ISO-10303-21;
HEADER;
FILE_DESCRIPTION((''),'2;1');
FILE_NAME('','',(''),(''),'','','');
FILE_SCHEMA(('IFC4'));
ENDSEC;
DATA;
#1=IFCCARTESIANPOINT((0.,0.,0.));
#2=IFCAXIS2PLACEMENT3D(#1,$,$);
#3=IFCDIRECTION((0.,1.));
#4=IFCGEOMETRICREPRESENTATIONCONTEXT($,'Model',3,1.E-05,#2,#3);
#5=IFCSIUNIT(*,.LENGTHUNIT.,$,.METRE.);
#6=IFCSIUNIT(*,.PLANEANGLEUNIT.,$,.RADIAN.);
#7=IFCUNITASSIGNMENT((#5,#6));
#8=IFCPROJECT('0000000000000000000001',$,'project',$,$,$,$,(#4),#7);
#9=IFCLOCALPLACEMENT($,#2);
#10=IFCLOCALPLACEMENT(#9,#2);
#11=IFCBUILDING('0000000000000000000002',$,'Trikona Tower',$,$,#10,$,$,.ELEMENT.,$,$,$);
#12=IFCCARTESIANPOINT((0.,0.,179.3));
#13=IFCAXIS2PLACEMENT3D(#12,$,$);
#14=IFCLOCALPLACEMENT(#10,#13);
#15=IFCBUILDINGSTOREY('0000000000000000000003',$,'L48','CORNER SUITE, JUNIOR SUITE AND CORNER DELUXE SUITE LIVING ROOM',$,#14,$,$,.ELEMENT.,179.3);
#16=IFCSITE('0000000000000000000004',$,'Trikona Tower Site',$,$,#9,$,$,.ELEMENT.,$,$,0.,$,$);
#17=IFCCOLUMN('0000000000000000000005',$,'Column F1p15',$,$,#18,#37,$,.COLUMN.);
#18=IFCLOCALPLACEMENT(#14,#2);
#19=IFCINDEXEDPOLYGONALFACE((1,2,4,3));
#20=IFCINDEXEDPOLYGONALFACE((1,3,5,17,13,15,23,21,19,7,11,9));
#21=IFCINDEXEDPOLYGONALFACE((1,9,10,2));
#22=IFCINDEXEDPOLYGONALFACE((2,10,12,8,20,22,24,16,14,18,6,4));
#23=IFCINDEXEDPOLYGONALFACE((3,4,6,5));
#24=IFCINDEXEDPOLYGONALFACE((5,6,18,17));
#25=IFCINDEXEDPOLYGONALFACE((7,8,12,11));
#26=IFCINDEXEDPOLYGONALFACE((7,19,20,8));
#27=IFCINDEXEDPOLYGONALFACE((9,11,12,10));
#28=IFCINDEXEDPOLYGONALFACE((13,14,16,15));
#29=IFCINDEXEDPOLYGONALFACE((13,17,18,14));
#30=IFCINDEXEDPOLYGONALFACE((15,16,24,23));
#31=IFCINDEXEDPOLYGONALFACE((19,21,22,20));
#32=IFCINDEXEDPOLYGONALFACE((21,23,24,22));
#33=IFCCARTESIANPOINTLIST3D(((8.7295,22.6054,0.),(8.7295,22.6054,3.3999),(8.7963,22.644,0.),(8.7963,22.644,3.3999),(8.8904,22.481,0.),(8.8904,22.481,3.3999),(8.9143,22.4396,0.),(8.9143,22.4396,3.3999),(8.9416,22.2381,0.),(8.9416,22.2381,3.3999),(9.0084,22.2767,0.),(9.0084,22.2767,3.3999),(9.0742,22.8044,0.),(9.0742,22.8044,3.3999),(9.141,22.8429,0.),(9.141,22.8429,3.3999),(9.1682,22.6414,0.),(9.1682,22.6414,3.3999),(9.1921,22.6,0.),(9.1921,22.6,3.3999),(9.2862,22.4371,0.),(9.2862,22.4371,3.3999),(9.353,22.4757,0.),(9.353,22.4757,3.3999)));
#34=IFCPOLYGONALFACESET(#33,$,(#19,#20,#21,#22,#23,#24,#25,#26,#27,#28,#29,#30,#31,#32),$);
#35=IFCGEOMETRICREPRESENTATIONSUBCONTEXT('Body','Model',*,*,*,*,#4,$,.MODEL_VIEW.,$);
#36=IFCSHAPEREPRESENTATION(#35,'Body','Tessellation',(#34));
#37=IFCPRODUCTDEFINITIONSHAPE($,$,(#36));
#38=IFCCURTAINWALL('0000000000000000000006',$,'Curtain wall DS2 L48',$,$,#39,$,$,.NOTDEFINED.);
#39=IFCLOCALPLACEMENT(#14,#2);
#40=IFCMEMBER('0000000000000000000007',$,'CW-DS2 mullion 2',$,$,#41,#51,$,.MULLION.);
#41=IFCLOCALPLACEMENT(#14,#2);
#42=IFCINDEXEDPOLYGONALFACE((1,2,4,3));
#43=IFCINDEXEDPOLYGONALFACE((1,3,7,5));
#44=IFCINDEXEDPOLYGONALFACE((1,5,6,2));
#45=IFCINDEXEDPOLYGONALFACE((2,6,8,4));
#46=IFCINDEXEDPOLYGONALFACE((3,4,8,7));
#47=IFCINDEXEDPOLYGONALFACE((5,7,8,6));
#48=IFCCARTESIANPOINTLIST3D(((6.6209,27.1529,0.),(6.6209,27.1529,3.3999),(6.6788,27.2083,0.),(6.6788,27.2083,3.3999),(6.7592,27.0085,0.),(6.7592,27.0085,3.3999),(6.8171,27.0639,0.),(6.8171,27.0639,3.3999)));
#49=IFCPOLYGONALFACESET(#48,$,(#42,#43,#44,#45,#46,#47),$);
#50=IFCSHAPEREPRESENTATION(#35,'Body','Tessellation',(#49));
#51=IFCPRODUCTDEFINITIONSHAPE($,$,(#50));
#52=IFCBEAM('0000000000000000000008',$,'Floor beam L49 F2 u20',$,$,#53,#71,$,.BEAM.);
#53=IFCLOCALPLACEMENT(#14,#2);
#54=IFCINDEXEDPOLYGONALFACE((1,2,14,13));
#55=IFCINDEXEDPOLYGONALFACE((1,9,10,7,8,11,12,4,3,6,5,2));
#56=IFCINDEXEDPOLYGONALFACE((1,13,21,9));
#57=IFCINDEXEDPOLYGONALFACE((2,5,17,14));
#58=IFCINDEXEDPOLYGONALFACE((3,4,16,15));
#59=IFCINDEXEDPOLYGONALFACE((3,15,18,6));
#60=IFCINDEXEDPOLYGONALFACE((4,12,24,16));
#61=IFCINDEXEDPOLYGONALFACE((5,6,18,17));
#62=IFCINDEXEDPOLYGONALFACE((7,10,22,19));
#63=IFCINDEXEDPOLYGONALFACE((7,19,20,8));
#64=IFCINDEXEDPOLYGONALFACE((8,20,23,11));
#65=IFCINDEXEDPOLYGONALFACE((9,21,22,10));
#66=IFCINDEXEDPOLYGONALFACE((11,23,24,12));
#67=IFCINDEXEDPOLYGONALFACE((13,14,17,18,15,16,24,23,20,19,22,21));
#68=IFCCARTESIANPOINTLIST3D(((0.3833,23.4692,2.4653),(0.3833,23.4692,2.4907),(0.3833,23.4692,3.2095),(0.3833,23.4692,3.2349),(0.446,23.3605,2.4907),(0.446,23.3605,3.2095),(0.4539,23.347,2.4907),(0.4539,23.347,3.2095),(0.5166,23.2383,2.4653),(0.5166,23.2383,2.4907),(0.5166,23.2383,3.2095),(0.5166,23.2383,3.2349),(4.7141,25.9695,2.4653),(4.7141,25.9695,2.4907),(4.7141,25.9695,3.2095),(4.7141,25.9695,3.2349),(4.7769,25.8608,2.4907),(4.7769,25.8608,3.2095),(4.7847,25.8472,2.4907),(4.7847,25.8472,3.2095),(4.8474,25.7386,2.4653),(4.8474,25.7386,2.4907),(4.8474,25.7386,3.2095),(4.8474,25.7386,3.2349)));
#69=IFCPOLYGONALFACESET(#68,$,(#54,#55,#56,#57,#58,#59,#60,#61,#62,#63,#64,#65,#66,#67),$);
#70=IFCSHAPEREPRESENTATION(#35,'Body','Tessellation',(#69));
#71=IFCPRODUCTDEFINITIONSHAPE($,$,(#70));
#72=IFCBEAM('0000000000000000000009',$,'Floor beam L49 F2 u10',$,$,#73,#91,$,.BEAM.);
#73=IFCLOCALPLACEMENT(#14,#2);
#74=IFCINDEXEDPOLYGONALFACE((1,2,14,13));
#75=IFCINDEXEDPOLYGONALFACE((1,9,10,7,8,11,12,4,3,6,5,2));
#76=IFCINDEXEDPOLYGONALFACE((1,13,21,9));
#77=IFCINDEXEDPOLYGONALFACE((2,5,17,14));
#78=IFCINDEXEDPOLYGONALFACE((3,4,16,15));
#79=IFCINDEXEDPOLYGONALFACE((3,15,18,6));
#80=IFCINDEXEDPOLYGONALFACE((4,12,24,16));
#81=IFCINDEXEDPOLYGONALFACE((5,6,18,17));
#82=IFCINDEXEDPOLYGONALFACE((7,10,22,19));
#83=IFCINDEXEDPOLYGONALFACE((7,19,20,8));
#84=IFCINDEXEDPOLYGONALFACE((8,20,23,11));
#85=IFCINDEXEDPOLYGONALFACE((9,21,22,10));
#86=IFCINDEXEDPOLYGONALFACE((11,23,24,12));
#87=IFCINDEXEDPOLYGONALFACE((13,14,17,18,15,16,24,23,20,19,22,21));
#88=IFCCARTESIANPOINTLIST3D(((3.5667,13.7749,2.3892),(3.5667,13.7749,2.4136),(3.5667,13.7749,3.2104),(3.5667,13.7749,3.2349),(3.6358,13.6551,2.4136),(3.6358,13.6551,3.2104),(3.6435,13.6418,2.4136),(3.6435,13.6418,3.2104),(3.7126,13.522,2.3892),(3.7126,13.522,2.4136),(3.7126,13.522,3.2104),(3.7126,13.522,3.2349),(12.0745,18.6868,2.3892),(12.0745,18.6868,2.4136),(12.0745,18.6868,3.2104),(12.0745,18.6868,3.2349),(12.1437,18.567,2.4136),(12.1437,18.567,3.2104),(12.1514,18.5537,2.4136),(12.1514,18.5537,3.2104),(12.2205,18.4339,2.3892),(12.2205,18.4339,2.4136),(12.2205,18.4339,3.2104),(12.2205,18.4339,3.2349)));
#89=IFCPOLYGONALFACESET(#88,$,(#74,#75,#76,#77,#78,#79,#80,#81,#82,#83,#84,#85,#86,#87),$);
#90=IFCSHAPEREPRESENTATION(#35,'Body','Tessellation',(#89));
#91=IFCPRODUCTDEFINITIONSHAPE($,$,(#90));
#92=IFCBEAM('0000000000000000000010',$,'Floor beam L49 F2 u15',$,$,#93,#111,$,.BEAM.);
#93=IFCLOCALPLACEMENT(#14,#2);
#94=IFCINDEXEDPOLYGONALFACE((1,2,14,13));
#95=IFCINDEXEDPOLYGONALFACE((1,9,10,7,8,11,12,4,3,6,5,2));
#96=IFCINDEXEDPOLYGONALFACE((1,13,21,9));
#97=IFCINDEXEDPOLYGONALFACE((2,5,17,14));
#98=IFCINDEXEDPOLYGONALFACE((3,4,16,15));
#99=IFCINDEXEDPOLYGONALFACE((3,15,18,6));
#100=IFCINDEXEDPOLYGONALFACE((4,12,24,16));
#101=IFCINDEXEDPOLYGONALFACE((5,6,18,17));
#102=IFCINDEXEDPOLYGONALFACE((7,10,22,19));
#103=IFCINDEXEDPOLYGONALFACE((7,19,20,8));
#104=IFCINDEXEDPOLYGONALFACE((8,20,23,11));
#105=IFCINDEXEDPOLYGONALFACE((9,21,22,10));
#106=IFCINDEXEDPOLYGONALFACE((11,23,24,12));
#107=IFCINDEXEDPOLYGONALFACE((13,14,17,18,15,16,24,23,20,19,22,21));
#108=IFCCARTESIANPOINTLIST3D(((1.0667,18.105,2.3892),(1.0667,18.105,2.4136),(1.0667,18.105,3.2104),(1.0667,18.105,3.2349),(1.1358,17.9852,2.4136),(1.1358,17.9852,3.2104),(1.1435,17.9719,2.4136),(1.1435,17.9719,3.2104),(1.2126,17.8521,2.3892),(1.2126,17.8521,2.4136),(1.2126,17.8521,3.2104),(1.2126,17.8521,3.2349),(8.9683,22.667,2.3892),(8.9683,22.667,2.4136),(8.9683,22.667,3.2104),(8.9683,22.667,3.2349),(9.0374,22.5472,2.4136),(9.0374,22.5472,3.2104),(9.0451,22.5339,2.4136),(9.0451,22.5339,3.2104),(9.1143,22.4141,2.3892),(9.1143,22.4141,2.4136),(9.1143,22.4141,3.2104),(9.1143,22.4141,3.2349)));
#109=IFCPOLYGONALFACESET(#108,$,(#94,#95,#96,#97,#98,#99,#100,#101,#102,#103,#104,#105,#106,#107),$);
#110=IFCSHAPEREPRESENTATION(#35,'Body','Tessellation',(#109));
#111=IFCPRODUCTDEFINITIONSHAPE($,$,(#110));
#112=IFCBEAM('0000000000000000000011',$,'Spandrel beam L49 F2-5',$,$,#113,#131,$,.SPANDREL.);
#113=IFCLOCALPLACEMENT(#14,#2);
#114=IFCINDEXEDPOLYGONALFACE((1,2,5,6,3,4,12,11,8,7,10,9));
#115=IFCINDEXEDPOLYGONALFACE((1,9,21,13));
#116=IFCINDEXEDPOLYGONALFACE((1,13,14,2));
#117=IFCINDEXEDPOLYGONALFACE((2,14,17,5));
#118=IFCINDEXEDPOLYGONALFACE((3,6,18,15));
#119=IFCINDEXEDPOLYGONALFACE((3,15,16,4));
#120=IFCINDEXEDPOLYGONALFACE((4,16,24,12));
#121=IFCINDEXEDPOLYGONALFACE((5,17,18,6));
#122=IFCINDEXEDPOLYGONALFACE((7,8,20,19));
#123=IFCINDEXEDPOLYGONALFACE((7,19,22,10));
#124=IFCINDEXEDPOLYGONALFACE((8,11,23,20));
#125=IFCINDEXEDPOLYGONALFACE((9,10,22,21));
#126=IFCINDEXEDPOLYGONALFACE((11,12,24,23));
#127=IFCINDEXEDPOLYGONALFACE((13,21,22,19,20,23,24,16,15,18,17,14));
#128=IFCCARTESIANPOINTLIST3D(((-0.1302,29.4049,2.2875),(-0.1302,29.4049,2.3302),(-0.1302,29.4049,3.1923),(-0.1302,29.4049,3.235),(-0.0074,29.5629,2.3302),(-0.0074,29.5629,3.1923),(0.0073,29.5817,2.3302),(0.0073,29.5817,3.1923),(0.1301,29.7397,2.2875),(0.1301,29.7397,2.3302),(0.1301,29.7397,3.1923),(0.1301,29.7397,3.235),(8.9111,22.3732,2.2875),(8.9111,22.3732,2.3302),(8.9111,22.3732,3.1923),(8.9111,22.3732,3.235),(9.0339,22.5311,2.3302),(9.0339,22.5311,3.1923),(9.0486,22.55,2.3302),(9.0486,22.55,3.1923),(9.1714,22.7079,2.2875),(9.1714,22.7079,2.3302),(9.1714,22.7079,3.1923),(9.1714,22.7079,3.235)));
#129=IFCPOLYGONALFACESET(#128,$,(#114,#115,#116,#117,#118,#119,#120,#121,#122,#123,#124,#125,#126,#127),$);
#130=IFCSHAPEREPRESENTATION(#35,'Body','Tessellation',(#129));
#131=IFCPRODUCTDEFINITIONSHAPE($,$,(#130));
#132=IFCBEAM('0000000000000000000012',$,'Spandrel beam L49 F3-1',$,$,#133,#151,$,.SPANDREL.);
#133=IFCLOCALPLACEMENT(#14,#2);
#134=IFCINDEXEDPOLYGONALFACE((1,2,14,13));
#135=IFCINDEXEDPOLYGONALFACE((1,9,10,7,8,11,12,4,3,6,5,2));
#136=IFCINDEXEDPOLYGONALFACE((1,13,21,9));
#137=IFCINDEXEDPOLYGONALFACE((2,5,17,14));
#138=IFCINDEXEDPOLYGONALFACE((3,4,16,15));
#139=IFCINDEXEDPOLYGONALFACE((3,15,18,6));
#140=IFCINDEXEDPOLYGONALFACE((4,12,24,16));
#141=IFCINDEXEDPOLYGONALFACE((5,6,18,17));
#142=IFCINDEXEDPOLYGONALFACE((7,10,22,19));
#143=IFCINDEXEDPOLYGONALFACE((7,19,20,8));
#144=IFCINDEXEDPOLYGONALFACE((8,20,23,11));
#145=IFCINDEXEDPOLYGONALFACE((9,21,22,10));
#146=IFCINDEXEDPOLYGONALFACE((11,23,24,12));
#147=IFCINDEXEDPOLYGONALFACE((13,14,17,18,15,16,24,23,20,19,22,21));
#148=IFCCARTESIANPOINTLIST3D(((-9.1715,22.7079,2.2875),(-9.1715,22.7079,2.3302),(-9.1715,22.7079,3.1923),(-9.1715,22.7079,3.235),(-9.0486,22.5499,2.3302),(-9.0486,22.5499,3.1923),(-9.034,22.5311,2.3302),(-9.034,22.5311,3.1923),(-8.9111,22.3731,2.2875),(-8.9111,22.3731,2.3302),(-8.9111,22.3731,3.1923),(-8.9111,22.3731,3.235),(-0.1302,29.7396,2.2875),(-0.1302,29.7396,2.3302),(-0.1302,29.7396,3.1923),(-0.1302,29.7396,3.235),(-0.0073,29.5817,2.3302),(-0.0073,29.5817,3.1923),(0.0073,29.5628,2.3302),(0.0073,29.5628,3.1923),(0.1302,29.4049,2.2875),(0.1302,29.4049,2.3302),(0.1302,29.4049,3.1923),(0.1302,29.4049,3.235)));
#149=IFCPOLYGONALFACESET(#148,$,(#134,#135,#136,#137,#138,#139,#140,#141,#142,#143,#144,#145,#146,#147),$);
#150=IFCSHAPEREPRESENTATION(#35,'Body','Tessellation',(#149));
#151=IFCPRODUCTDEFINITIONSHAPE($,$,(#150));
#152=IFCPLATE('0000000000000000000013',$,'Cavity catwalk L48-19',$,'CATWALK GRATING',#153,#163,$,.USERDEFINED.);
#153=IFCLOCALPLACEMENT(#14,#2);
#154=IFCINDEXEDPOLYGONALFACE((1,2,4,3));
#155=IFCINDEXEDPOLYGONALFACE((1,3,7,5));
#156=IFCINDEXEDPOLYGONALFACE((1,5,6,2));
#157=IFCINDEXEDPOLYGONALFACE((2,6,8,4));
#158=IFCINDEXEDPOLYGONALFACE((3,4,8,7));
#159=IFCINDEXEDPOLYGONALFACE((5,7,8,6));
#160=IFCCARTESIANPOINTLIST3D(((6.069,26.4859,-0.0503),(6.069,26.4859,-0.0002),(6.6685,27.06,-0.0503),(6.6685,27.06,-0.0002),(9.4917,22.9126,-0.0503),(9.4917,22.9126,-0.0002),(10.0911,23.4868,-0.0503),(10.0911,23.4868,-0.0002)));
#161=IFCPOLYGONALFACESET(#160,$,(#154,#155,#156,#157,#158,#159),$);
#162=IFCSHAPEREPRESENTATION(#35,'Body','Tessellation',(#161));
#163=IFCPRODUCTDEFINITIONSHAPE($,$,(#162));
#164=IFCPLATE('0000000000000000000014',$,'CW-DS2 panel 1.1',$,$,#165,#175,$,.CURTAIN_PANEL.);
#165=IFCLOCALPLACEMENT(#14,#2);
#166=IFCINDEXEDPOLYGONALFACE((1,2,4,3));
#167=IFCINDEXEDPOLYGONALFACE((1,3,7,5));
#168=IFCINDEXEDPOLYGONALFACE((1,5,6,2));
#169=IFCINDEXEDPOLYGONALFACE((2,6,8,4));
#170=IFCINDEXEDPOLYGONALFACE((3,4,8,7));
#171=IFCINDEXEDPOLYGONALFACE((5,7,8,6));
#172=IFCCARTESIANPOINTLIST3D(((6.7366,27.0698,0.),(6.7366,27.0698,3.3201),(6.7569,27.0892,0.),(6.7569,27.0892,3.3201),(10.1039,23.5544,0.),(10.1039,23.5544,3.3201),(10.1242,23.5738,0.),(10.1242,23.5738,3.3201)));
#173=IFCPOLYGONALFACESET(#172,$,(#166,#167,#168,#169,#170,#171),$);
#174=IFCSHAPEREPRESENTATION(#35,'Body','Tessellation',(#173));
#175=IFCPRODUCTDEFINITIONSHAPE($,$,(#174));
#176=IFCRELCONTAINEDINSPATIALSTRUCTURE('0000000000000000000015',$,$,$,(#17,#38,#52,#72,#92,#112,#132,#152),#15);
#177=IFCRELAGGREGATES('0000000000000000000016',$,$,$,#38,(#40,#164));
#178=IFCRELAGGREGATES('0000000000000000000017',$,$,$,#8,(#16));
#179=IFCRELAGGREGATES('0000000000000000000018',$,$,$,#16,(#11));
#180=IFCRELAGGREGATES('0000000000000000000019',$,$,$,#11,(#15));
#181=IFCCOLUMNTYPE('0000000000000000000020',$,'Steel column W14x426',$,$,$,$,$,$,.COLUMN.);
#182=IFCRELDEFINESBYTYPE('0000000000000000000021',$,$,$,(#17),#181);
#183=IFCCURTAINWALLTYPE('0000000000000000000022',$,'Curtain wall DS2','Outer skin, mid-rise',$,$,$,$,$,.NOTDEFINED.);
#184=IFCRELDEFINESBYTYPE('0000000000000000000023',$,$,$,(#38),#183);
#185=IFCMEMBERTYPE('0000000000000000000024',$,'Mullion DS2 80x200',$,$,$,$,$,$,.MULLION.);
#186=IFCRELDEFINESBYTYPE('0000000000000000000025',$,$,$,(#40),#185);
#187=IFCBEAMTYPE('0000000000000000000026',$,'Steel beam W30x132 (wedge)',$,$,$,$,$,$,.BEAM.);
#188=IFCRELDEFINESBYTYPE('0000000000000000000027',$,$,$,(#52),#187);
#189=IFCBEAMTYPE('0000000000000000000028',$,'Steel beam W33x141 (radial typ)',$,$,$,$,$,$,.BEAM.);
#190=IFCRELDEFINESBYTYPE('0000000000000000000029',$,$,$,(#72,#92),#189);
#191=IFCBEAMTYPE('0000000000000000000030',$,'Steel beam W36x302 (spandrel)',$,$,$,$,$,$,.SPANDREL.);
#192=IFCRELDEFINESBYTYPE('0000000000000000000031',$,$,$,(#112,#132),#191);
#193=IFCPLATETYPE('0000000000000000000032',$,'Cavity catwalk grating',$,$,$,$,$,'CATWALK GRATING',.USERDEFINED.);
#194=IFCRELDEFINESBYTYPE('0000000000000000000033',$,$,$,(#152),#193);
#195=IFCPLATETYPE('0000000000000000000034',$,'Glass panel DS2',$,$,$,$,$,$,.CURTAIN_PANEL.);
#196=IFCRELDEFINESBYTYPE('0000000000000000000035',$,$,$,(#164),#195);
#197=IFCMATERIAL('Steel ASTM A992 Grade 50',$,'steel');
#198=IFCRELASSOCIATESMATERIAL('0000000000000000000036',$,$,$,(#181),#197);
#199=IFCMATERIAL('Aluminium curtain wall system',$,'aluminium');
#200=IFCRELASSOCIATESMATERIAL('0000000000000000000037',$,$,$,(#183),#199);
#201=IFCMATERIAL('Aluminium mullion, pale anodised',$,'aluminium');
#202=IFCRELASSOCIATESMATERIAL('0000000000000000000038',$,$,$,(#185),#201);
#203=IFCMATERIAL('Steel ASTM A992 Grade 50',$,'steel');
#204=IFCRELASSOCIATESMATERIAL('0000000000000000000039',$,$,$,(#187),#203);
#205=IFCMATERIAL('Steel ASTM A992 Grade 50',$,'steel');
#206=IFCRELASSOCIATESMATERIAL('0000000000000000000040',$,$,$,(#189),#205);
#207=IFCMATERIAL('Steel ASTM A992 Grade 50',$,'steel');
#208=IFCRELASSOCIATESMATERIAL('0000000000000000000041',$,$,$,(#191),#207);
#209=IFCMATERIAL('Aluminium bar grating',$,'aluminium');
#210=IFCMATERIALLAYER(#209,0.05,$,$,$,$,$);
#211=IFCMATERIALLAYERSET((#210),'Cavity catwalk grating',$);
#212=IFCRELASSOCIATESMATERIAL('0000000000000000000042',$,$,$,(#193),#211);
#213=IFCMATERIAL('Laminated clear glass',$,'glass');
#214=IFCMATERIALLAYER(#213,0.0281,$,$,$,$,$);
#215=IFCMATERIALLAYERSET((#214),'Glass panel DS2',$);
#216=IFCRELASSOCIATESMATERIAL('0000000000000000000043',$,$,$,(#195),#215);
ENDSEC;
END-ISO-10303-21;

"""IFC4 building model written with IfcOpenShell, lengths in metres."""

from ifc_helpers import new_model, si_unit, direction, frame, origin, origin_2d, place, context, subcontext, project, spatial, rectangle, i_section, extrude, material, layer, layer_set, material_profile, profile_set, type_object, element, aggregate, save


model = new_model("IFC4")

# Units and contexts
model_context = context("Model", 3, precision=1e-05, world=origin(), true_north=direction((0.0, 1.0)))
body_context = subcontext(model_context, "Body", "Model", "MODEL_VIEW")
ifc_project = project(units=[si_unit("LENGTHUNIT", "METRE"), si_unit("PLANEANGLEUNIT", "RADIAN")], contexts=[model_context])

# Site, building, storey
site_placement = place(None, origin())
site = spatial("IfcSite", under=ifc_project, at=site_placement, Name="Trikona Tower Site", CompositionType="ELEMENT", RefElevation=0.0)
building_placement = place(site_placement, origin())
building = spatial("IfcBuilding", under=site, at=building_placement, Name="Trikona Tower", CompositionType="ELEMENT")
storey_placement = place(building_placement, frame((0.0, 0.0, 179.3)))
storey = spatial("IfcBuildingStorey", under=building, at=storey_placement, Name="L48", Description="CORNER SUITE, JUNIOR SUITE AND CORNER DELUXE SUITE LIVING ROOM", CompositionType="ELEMENT", Elevation=179.3)

# Column
ifc_material_1 = material(Name="Steel ASTM A992 Grade 50", Category="steel")
ifc_material_profile_1 = material_profile(ifc_material_1, i_section(OverallWidth=0.4241, OverallDepth=0.4751, WebThickness=0.0479, FlangeThickness=0.0771, at=origin_2d()), Name="W14X426")
ifc_profile_set_1 = profile_set([ifc_material_profile_1], Name="Steel ASTM A992 Grade 50")
column_type = type_object("IfcColumnType", Name="Steel column W14x426", PredefinedType="COLUMN", material=ifc_profile_set_1)
column_placement = place(storey_placement, frame((9.0413, 22.5405, 0.0), z_axis=(0.0, 0.0, 1.0), x_axis=(-0.5, 0.866025, 0.0)))
element("IfcColumn", 1, at=column_placement, inside=storey, type_object=column_type, Name="Column F1p15", PredefinedType="COLUMN", context=body_context, shape_type="SweptSolid", body=[
    extrude(i_section(OverallWidth=0.4241, OverallDepth=0.4751, WebThickness=0.0479, FlangeThickness=0.0771, at=origin_2d()), origin(), (0.0, 0.0, 1.0), 3.3999),
])

# Curtain wall, member
ifc_material_2 = material(Name="Aluminium curtain wall system", Category="aluminium")
curtain_wall_type = type_object("IfcCurtainWallType", Name="Curtain wall DS2", Description="Outer skin, mid-rise", PredefinedType="NOTDEFINED", material=ifc_material_2)
curtain_wall_placement = place(storey_placement, origin())
curtain_wall = element("IfcCurtainWall", 2, at=curtain_wall_placement, inside=storey, type_object=curtain_wall_type, Name="Curtain wall DS2 L48", PredefinedType="NOTDEFINED")
ifc_material_3 = material(Name="Aluminium mullion, pale anodised", Category="aluminium")
ifc_material_profile_2 = material_profile(ifc_material_3, rectangle(XDim=0.0801, YDim=0.2, at=origin_2d()), Name="MUL-DS2")
ifc_profile_set_2 = profile_set([ifc_material_profile_2], Name="Aluminium mullion, pale anodised")
member_type = type_object("IfcMemberType", Name="Mullion DS2 80x200", PredefinedType="MULLION", material=ifc_profile_set_2)
member_placement = place(storey_placement, frame((6.719, 27.1084, 0.0), z_axis=(0.0, 0.0, 1.0), x_axis=(-0.722158, -0.691728, 0.0)))
member = element("IfcMember", 3, at=member_placement, type_object=member_type, Name="CW-DS2 mullion 2", PredefinedType="MULLION", context=body_context, shape_type="SweptSolid", body=[
    extrude(rectangle(XDim=0.0801, YDim=0.2, at=origin_2d()), origin(), (0.0, 0.0, 1.0), 3.3999),
])

# Beams
ifc_material_4 = material(Name="Steel ASTM A992 Grade 50", Category="steel")
ifc_material_profile_3 = material_profile(ifc_material_4, i_section(OverallWidth=0.2666, OverallDepth=0.7695, WebThickness=0.0156, FlangeThickness=0.0254, at=origin_2d()), Name="W30X132")
ifc_profile_set_3 = profile_set([ifc_material_profile_3], Name="Steel ASTM A992 Grade 50")
beam_type_1 = type_object("IfcBeamType", Name="Steel beam W30x132 (wedge)", PredefinedType="BEAM", material=ifc_profile_set_3)
beam_1_placement = place(storey_placement, frame((0.45, 23.3538, 2.8501), z_axis=(0.866038, 0.499977, 0.0), x_axis=(-0.499977, 0.866038, 0.0)))
element("IfcBeam", 4, at=beam_1_placement, inside=storey, type_object=beam_type_1, Name="Floor beam L49 F2 u20", PredefinedType="BEAM", context=body_context, shape_type="SweptSolid", body=[
    extrude(i_section(OverallWidth=0.2666, OverallDepth=0.7695, WebThickness=0.0156, FlangeThickness=0.0254, at=origin_2d()), origin(), (0.0, 0.0, 1.0), 5.0007),
])
ifc_material_5 = material(Name="Steel ASTM A992 Grade 50", Category="steel")
ifc_material_profile_4 = material_profile(ifc_material_5, i_section(OverallWidth=0.292, OverallDepth=0.8457, WebThickness=0.0154, FlangeThickness=0.0244, at=origin_2d()), Name="W33X141")
ifc_profile_set_4 = profile_set([ifc_material_profile_4], Name="Steel ASTM A992 Grade 50")
beam_type_2 = type_object("IfcBeamType", Name="Steel beam W33x141 (radial typ)", PredefinedType="BEAM", material=ifc_profile_set_4)
beam_2_placement = place(storey_placement, frame((3.6396, 13.6484, 2.812), z_axis=(0.866031, 0.499991, 0.0), x_axis=(-0.499991, 0.866031, 0.0)))
element("IfcBeam", 5, at=beam_2_placement, inside=storey, type_object=beam_type_2, Name="Floor beam L49 F2 u10", PredefinedType="BEAM", context=body_context, shape_type="SweptSolid", body=[
    extrude(i_section(OverallWidth=0.292, OverallDepth=0.8457, WebThickness=0.0154, FlangeThickness=0.0244, at=origin_2d()), origin(), (0.0, 0.0, 1.0), 9.824),
])
beam_3_placement = place(storey_placement, frame((1.1396, 17.9785, 2.812), z_axis=(0.866025, 0.500001, 0.0), x_axis=(-0.500001, 0.866025, 0.0)))
element("IfcBeam", 6, at=beam_3_placement, inside=storey, type_object=beam_type_2, Name="Floor beam L49 F2 u15", PredefinedType="BEAM", context=body_context, shape_type="SweptSolid", body=[
    extrude(i_section(OverallWidth=0.292, OverallDepth=0.8457, WebThickness=0.0154, FlangeThickness=0.0244, at=origin_2d()), origin(), (0.0, 0.0, 1.0), 9.124),
])
ifc_material_6 = material(Name="Steel ASTM A992 Grade 50", Category="steel")
ifc_material_profile_5 = material_profile(ifc_material_6, i_section(OverallWidth=0.4241, OverallDepth=0.9475, WebThickness=0.0239, FlangeThickness=0.0427, at=origin_2d()), Name="W36X302")
ifc_profile_set_5 = profile_set([ifc_material_profile_5], Name="Steel ASTM A992 Grade 50")
beam_type_3 = type_object("IfcBeamType", Name="Steel beam W36x302 (spandrel)", PredefinedType="SPANDREL", material=ifc_profile_set_5)
for number, where, z_axis, x_axis, name in (
    (7, (9.0413, 22.5405, 2.7612), (-0.789367, 0.613921, 0.0), (-0.613921, -0.789367, 0.0), "Spandrel beam L49 F2-5"),
    (8, (0.0, 29.5723, 2.7612), (-0.789367, -0.613921, 0.0), (0.613921, -0.789367, 0.0), "Spandrel beam L49 F3-1"),
):
    element("IfcBeam", number, at=place(storey_placement, frame(where, z_axis=z_axis, x_axis=x_axis)), inside=storey, type_object=beam_type_3, Name=name, PredefinedType="SPANDREL", context=body_context, shape_type="SweptSolid", body=[
        extrude(i_section(OverallWidth=0.4241, OverallDepth=0.9475, WebThickness=0.0239, FlangeThickness=0.0427, at=origin_2d()), origin(), (0.0, 0.0, 1.0), 11.4539),
    ])

# Plates
ifc_material_7 = material(Name="Aluminium bar grating", Category="aluminium")
ifc_layer_1 = layer(ifc_material_7, 0.05)
ifc_layer_set_1 = layer_set([ifc_layer_1], Name="Cavity catwalk grating")
plate_type_1 = type_object("IfcPlateType", Name="Cavity catwalk grating", ElementType="CATWALK GRATING", PredefinedType="USERDEFINED", material=ifc_layer_set_1)
plate_1_placement = place(storey_placement, frame((8.0801, 24.9863, -0.0503), z_axis=(0.0, 0.0, 1.0), x_axis=(-0.691724, 0.722162, 0.0)))
element("IfcPlate", 9, at=plate_1_placement, inside=storey, type_object=plate_type_1, Name="Cavity catwalk L48-19", ObjectType="CATWALK GRATING", PredefinedType="USERDEFINED", context=body_context, shape_type="SweptSolid", body=[
    extrude(rectangle(XDim=4.948, YDim=0.8301, at=origin_2d()), origin(), (0.0, 0.0, 1.0), 0.05),
])
ifc_material_8 = material(Name="Laminated clear glass", Category="glass")
ifc_layer_2 = layer(ifc_material_8, 0.0281)
ifc_layer_set_2 = layer_set([ifc_layer_2], Name="Glass panel DS2")
plate_type_2 = type_object("IfcPlateType", Name="Glass panel DS2", PredefinedType="CURTAIN_PANEL", material=ifc_layer_set_2)
plate_2_placement = place(storey_placement, frame((8.4304, 25.3218, 0.0), z_axis=(0.0, 0.0, 1.0), x_axis=(-0.691728, 0.722158, 0.0)))
plate_2 = element("IfcPlate", 10, at=plate_2_placement, type_object=plate_type_2, Name="CW-DS2 panel 1.1", PredefinedType="CURTAIN_PANEL", context=body_context, shape_type="SweptSolid", body=[
    extrude(rectangle(XDim=4.8679, YDim=0.0281, at=origin_2d()), origin(), (0.0, 0.0, 1.0), 3.3201),
])
aggregate(curtain_wall, [member, plate_2])

save(model, "model.ifc")
